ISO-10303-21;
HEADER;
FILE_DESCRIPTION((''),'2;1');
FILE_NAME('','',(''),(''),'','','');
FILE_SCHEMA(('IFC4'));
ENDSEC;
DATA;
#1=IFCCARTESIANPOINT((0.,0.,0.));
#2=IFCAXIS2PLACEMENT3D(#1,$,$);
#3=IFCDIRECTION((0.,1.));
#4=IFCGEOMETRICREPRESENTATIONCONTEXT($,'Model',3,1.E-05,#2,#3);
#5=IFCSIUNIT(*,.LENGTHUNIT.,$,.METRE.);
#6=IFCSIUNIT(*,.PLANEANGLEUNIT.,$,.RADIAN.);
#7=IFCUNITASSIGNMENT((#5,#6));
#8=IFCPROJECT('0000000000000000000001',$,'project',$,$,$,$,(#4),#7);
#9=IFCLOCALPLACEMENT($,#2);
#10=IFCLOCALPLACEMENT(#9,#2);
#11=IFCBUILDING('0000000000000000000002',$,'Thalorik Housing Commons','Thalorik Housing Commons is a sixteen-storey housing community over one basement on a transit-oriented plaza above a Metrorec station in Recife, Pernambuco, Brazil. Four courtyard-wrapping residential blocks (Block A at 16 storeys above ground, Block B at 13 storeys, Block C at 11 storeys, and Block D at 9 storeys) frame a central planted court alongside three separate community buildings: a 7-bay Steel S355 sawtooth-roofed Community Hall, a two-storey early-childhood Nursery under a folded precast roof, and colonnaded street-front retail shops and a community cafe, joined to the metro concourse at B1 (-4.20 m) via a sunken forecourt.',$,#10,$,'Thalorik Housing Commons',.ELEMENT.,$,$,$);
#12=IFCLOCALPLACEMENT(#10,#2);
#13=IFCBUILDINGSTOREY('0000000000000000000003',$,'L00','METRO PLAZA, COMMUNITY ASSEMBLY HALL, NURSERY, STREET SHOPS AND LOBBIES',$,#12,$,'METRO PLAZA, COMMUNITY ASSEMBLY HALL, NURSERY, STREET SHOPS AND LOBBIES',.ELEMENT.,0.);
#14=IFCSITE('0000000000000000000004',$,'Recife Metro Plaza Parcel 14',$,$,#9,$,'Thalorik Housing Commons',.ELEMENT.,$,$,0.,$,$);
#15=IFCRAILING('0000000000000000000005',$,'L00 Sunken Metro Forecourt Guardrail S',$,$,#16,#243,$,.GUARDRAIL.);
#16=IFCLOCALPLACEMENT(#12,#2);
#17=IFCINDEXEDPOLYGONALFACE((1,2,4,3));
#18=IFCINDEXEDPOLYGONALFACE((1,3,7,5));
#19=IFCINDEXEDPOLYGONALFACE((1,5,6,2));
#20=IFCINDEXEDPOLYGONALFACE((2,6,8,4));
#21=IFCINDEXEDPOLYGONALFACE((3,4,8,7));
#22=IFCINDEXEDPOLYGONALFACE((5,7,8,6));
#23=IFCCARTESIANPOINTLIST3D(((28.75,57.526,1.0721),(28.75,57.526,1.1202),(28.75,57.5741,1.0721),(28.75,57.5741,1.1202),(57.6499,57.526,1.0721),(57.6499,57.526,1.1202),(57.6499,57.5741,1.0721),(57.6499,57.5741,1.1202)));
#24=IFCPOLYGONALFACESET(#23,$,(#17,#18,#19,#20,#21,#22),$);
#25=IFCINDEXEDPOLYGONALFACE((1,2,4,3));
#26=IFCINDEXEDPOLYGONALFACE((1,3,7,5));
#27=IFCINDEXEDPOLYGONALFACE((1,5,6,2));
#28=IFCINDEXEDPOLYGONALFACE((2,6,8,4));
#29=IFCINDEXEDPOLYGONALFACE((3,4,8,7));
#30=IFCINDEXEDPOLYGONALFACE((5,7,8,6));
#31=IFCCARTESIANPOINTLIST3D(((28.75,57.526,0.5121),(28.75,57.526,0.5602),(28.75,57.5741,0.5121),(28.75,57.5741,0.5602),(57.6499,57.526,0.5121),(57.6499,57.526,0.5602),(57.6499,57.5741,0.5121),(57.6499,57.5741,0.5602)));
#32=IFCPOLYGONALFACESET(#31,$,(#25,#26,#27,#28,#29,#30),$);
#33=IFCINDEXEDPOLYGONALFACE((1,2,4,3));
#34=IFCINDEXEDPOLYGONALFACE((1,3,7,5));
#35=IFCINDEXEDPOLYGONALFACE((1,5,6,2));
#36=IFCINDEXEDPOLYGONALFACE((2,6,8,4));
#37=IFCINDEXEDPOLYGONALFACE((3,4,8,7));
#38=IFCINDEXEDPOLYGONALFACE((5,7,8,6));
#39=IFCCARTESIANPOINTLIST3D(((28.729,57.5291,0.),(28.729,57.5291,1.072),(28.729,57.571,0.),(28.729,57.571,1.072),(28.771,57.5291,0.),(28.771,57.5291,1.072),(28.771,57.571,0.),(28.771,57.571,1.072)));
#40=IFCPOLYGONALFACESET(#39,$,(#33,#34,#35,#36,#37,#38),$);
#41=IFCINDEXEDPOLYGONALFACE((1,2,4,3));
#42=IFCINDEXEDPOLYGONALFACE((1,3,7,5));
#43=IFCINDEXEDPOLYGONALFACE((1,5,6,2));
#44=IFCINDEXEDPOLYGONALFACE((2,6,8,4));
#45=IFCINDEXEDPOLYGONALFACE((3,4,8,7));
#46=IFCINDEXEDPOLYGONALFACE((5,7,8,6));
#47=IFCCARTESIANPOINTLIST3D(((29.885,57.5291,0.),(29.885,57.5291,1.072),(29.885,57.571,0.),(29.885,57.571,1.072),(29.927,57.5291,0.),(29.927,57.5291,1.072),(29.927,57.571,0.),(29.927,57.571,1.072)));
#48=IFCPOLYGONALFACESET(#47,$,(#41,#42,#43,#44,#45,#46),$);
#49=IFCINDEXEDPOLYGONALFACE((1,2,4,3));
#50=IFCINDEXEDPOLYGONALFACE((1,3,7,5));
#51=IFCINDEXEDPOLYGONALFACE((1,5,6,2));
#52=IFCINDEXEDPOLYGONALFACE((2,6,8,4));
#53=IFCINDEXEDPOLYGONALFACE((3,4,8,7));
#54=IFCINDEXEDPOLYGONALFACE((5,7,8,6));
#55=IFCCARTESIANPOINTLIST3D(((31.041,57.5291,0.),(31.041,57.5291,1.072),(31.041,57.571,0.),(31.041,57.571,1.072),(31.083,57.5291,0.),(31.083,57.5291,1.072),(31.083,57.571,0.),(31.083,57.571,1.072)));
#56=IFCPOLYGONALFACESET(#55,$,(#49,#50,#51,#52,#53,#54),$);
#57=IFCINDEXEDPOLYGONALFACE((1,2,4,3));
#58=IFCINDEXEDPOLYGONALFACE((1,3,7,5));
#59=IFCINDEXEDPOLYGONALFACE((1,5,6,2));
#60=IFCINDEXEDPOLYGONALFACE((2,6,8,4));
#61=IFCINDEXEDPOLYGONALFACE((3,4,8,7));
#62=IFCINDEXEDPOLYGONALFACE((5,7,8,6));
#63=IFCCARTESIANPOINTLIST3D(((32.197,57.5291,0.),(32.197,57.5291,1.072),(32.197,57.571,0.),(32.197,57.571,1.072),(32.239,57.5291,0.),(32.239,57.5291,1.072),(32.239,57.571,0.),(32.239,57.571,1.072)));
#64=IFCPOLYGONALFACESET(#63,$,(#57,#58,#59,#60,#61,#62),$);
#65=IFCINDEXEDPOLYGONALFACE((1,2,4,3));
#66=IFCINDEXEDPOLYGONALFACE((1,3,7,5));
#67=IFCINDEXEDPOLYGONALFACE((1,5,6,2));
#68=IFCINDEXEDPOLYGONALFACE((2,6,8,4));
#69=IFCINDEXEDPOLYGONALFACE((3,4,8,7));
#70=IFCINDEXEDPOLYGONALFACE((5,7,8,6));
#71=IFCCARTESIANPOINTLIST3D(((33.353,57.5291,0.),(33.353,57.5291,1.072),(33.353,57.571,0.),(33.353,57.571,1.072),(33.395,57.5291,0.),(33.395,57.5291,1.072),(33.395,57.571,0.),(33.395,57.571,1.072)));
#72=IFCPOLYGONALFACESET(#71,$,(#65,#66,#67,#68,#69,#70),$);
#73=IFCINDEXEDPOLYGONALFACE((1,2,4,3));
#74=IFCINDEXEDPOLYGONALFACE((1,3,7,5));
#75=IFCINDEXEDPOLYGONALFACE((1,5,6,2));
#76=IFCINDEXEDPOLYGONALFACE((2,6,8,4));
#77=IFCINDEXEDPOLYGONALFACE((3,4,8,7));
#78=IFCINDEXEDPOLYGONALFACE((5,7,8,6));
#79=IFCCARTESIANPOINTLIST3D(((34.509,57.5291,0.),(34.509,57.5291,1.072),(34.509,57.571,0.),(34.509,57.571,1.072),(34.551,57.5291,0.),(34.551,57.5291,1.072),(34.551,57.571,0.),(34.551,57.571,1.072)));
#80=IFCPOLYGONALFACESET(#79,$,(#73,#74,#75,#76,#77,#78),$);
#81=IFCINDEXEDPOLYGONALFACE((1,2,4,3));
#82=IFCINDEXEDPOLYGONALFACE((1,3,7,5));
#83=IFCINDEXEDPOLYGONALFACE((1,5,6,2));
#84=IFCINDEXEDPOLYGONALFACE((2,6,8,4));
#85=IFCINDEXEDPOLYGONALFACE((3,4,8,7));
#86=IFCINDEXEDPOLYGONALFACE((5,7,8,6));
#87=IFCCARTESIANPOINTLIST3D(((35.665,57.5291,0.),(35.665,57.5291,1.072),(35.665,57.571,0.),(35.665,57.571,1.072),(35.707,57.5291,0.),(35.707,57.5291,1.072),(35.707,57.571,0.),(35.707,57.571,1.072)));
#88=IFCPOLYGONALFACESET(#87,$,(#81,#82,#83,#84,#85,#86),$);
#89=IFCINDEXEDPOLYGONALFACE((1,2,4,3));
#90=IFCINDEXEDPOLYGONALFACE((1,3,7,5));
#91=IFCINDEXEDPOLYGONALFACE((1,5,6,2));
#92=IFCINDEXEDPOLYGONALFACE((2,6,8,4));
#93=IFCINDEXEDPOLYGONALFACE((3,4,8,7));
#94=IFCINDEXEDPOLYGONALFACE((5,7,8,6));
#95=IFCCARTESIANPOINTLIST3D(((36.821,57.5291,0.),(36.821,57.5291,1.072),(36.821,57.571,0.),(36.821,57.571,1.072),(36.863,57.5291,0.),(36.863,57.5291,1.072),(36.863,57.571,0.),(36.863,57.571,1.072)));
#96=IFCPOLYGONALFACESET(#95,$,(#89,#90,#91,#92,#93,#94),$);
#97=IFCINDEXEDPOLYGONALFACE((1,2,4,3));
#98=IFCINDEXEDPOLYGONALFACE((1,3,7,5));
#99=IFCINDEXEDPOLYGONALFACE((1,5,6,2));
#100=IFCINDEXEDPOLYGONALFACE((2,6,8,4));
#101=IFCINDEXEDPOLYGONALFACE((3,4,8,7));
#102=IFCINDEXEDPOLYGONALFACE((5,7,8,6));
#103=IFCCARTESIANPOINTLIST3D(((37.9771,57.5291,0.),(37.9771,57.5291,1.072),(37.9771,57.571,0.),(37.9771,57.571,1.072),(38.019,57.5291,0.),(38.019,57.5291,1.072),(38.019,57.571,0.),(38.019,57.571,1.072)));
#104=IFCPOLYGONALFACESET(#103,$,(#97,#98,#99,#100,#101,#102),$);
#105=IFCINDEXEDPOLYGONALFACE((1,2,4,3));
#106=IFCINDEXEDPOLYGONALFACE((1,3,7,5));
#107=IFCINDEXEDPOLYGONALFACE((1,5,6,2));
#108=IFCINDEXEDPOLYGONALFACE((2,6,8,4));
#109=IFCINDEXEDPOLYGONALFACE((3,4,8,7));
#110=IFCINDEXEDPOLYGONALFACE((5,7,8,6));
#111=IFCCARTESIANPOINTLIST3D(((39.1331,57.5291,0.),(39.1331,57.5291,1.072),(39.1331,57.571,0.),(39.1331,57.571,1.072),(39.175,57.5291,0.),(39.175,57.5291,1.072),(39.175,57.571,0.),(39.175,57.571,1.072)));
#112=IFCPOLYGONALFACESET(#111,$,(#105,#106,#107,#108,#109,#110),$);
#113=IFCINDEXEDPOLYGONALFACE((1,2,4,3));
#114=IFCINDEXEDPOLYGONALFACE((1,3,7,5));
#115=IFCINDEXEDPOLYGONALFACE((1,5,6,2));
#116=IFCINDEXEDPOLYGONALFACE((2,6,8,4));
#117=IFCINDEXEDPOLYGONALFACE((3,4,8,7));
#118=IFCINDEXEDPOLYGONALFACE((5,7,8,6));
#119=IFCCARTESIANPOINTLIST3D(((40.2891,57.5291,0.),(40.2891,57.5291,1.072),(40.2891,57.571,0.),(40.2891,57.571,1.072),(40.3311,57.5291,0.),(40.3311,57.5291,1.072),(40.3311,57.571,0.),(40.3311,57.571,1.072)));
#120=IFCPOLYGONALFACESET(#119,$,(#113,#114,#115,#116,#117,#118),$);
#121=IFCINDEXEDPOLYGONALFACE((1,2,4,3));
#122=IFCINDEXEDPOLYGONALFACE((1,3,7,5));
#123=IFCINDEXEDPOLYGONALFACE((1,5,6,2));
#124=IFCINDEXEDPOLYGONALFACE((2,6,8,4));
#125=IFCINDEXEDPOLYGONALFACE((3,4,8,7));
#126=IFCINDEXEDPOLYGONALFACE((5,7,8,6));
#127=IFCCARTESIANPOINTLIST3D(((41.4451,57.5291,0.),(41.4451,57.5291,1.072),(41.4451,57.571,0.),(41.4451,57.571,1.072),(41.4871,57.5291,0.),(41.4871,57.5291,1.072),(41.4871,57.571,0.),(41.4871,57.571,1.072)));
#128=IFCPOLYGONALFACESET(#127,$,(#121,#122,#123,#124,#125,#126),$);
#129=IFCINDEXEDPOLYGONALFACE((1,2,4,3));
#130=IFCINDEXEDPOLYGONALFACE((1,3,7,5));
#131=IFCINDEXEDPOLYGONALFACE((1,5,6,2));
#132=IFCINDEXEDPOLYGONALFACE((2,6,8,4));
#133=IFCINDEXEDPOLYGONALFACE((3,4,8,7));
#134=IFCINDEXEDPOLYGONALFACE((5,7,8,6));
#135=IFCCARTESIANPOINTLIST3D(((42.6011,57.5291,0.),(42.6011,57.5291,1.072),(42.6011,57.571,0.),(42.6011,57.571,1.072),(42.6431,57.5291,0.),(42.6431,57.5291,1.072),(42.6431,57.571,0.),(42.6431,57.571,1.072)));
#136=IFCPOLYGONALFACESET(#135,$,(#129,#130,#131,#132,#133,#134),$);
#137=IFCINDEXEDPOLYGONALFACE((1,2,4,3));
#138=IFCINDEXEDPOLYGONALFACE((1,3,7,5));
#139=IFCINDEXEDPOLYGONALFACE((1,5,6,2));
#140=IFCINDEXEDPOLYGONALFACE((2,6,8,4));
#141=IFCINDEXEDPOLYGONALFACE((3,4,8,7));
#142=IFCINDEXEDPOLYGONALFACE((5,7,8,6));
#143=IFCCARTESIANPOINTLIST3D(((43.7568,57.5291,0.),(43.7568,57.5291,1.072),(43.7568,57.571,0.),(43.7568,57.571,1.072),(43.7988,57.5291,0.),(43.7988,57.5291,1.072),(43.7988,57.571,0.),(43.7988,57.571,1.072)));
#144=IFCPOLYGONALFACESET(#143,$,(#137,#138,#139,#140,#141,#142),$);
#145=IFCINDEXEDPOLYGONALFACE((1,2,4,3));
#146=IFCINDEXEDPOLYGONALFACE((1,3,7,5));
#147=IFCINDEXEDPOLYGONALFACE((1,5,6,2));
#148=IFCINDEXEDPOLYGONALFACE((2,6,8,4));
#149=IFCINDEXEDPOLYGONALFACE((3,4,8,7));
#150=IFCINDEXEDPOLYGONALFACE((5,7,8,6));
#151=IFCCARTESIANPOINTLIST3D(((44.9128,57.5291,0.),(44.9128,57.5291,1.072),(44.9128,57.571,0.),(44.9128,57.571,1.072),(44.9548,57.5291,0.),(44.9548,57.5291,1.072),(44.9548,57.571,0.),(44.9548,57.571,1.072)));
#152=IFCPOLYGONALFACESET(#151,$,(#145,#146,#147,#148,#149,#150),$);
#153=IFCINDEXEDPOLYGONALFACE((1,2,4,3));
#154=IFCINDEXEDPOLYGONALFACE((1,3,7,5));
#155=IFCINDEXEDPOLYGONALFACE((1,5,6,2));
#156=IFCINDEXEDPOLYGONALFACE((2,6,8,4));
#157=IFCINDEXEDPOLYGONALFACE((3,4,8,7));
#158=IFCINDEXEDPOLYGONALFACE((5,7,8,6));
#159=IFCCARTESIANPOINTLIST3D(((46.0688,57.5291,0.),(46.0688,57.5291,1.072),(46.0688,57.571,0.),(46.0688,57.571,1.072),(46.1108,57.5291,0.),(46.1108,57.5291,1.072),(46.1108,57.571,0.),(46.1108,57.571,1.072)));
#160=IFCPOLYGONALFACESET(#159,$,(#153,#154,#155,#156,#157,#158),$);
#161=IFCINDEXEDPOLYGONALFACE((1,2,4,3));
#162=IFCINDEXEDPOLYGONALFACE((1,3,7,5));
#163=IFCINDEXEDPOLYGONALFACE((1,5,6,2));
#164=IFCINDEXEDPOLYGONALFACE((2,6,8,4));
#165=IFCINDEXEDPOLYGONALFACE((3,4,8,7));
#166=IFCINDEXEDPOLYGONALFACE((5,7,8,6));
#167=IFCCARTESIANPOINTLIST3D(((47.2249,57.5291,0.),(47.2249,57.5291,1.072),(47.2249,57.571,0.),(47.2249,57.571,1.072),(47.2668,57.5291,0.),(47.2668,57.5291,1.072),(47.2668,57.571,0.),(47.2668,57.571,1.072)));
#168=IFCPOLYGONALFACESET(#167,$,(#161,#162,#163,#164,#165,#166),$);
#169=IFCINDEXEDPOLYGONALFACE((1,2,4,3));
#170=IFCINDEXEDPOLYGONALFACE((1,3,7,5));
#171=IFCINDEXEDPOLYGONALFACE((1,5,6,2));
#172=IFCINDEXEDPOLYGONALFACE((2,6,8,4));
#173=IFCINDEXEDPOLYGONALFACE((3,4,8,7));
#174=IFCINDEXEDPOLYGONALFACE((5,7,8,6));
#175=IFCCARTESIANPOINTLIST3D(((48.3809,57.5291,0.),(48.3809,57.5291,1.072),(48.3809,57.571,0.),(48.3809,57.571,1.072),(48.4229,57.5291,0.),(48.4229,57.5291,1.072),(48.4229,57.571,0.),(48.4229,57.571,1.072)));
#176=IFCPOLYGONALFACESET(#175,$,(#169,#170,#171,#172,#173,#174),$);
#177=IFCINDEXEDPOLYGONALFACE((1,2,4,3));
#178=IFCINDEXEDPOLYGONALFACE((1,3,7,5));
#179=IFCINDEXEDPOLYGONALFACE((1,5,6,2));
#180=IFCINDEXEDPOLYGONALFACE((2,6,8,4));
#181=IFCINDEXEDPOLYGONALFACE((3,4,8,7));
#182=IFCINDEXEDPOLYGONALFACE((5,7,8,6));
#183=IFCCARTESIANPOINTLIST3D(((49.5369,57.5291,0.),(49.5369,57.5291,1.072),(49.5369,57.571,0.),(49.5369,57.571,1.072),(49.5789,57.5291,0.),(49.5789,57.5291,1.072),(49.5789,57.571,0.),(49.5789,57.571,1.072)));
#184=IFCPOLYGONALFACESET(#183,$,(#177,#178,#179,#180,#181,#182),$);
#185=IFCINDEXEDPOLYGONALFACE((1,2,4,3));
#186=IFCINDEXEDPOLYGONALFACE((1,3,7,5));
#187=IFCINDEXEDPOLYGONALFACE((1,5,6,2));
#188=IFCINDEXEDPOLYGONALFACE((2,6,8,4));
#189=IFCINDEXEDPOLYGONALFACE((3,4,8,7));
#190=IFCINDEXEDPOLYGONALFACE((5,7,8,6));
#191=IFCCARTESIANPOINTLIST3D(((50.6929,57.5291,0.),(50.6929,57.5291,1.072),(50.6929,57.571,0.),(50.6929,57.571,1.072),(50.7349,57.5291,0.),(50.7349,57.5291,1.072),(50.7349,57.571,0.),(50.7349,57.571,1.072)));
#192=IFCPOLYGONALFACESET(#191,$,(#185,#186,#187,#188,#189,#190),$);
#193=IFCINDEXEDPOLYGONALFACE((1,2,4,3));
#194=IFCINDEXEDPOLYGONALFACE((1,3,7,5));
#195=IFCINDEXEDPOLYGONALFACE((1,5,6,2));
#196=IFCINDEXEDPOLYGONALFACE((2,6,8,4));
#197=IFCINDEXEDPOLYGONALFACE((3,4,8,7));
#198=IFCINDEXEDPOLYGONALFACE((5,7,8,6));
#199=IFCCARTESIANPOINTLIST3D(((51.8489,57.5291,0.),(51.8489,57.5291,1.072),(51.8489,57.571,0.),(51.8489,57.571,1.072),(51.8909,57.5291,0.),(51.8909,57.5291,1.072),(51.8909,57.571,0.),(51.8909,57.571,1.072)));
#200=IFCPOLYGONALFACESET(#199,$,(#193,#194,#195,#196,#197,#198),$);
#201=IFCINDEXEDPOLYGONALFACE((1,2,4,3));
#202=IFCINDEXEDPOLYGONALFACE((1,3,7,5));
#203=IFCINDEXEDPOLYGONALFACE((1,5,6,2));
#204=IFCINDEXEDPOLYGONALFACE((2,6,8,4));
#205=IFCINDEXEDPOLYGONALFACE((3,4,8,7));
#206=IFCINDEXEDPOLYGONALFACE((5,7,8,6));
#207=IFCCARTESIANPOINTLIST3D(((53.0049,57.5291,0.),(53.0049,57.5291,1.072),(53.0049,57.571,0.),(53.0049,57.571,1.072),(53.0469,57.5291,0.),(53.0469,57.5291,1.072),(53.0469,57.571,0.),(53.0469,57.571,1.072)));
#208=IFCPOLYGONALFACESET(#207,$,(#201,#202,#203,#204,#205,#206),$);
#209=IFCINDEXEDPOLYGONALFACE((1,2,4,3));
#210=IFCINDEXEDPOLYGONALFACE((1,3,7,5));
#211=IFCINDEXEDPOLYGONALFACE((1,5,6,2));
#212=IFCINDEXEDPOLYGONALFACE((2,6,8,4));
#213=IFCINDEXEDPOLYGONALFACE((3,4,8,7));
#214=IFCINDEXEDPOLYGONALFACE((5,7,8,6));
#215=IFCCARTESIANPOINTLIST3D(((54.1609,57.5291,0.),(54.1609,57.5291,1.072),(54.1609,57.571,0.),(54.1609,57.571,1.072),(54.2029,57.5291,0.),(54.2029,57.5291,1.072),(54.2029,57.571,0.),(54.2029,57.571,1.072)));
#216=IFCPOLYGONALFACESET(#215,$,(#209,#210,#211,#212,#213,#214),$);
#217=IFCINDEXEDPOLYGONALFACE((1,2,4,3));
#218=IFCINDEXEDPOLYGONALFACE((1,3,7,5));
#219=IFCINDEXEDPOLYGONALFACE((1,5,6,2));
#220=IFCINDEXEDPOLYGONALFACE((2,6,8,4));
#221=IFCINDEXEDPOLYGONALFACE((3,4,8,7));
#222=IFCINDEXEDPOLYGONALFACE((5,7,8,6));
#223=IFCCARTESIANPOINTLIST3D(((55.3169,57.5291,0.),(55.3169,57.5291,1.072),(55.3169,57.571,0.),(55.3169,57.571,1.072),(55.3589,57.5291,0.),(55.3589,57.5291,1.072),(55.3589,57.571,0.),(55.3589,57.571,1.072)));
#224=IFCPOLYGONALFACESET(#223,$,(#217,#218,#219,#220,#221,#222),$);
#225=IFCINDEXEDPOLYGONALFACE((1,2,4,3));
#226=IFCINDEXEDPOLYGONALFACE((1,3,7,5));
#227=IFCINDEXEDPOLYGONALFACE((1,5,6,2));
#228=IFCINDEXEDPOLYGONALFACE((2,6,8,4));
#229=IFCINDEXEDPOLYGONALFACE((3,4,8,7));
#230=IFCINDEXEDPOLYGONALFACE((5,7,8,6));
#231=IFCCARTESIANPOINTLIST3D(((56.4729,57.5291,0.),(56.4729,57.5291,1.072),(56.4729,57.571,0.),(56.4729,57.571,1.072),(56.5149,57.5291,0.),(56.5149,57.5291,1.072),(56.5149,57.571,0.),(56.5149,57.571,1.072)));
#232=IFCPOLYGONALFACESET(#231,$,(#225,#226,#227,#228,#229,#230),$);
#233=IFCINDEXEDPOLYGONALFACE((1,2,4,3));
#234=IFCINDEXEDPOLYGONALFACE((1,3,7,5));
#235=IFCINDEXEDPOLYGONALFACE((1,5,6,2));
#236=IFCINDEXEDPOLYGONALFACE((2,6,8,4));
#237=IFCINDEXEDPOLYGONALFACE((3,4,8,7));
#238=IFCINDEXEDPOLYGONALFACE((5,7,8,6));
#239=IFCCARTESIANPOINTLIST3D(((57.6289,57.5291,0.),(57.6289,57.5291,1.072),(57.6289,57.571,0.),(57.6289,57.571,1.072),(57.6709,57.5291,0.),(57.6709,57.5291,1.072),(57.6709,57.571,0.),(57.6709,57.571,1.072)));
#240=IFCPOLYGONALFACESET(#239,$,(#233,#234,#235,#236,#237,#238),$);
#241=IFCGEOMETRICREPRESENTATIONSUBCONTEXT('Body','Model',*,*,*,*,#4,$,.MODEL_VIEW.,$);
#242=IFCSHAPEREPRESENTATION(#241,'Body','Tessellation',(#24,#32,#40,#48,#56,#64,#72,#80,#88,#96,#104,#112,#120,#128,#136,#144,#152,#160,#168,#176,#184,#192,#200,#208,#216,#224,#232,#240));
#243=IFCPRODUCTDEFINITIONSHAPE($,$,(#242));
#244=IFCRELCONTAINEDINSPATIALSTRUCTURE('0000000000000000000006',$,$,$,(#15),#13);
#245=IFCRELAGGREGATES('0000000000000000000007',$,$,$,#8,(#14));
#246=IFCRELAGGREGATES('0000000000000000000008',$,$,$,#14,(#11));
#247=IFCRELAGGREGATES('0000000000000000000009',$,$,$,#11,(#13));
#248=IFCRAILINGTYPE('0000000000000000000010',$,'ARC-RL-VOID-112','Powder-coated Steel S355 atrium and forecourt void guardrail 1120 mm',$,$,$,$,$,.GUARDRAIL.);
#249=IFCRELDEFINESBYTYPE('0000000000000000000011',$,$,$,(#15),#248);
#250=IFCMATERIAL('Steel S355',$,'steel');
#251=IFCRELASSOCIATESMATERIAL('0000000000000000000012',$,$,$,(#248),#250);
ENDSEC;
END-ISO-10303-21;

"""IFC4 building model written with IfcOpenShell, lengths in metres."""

from ifc_helpers import new_model, si_unit, direction, frame, origin, origin_2d, place, context, subcontext, project, spatial, rectangle, extrude, material, type_object, element, save


model = new_model("IFC4")

# Units and contexts
model_context = context("Model", 3, precision=1e-05, world=origin(), true_north=direction((0.0, 1.0)))
body_context = subcontext(model_context, "Body", "Model", "MODEL_VIEW")
ifc_project = project(units=[si_unit("LENGTHUNIT", "METRE"), si_unit("PLANEANGLEUNIT", "RADIAN")], contexts=[model_context])

# Site, building, storey
site_placement = place(None, origin())
site = spatial("IfcSite", under=ifc_project, at=site_placement, Name="Recife Metro Plaza Parcel 14", LongName="Thalorik Housing Commons", CompositionType="ELEMENT", RefElevation=0.0)
building_placement = place(site_placement, origin())
building = spatial("IfcBuilding", under=site, at=building_placement, Name="Thalorik Housing Commons", Description="Thalorik Housing Commons is a sixteen-storey housing community over one basement on a transit-oriented plaza above a Metrorec station in Recife, Pernambuco, Brazil. Four courtyard-wrapping residential blocks (Block A at 16 storeys above ground, Block B at 13 storeys, Block C at 11 storeys, and Block D at 9 storeys) frame a central planted court alongside three separate community buildings: a 7-bay Steel S355 sawtooth-roofed Community Hall, a two-storey early-childhood Nursery under a folded precast roof, and colonnaded street-front retail shops and a community cafe, joined to the metro concourse at B1 (-4.20 m) via a sunken forecourt.", LongName="Thalorik Housing Commons", CompositionType="ELEMENT")
storey_placement = place(building_placement, origin())
storey = spatial("IfcBuildingStorey", under=building, at=storey_placement, Name="L00", Description="METRO PLAZA, COMMUNITY ASSEMBLY HALL, NURSERY, STREET SHOPS AND LOBBIES", LongName="METRO PLAZA, COMMUNITY ASSEMBLY HALL, NURSERY, STREET SHOPS AND LOBBIES", CompositionType="ELEMENT", Elevation=0.0)

# Railing
ifc_material_1 = material(Name="Steel S355", Category="steel")
railing_type_1 = type_object("IfcRailingType", Name="ARC-RL-VOID-112", Description="Powder-coated Steel S355 atrium and forecourt void guardrail 1120 mm", PredefinedType="GUARDRAIL", material=ifc_material_1)
railing_1_placement = place(storey_placement, frame((28.75, 57.55, 0.0)))
element("IfcRailing", 1, at=railing_1_placement, inside=storey, type_object=railing_type_1, Name="L00 Sunken Metro Forecourt Guardrail S", PredefinedType="GUARDRAIL", context=body_context, shape_type="SweptSolid", body=[
    extrude(rectangle(XDim=0.0481, YDim=0.0481, at=origin_2d()), frame((0.0, 0.0, 1.0962), z_axis=(1.0, 0.0, 0.0), x_axis=(0.0, 1.0, 0.0)), (0.0, 0.0, 1.0), 28.8999),
    extrude(rectangle(XDim=0.0481, YDim=0.0481, at=origin_2d()), frame((0.0, 0.0, 0.5361), z_axis=(1.0, 0.0, 0.0), x_axis=(0.0, 1.0, 0.0)), (0.0, 0.0, 1.0), 28.8999),
    extrude(rectangle(XDim=0.042, YDim=0.042, at=origin_2d()), origin(), (0.0, 0.0, 1.0), 1.072),
    extrude(rectangle(XDim=0.042, YDim=0.042, at=origin_2d()), frame((1.156, 0.0, 0.0)), (0.0, 0.0, 1.0), 1.072),
    extrude(rectangle(XDim=0.042, YDim=0.042, at=origin_2d()), frame((2.312, 0.0, 0.0)), (0.0, 0.0, 1.0), 1.072),
    extrude(rectangle(XDim=0.042, YDim=0.042, at=origin_2d()), frame((3.468, 0.0, 0.0)), (0.0, 0.0, 1.0), 1.072),
    extrude(rectangle(XDim=0.042, YDim=0.042, at=origin_2d()), frame((4.624, 0.0, 0.0)), (0.0, 0.0, 1.0), 1.072),
    extrude(rectangle(XDim=0.042, YDim=0.042, at=origin_2d()), frame((5.78, 0.0, 0.0)), (0.0, 0.0, 1.0), 1.072),
    extrude(rectangle(XDim=0.042, YDim=0.042, at=origin_2d()), frame((6.936, 0.0, 0.0)), (0.0, 0.0, 1.0), 1.072),
    extrude(rectangle(XDim=0.042, YDim=0.042, at=origin_2d()), frame((8.092, 0.0, 0.0)), (0.0, 0.0, 1.0), 1.072),
    extrude(rectangle(XDim=0.042, YDim=0.042, at=origin_2d()), frame((9.248, 0.0, 0.0)), (0.0, 0.0, 1.0), 1.072),
    extrude(rectangle(XDim=0.042, YDim=0.042, at=origin_2d()), frame((10.4041, 0.0, 0.0)), (0.0, 0.0, 1.0), 1.072),
    extrude(rectangle(XDim=0.042, YDim=0.042, at=origin_2d()), frame((11.5601, 0.0, 0.0)), (0.0, 0.0, 1.0), 1.072),
    extrude(rectangle(XDim=0.042, YDim=0.042, at=origin_2d()), frame((12.7161, 0.0, 0.0)), (0.0, 0.0, 1.0), 1.072),
    extrude(rectangle(XDim=0.042, YDim=0.042, at=origin_2d()), frame((13.8721, 0.0, 0.0)), (0.0, 0.0, 1.0), 1.072),
    extrude(rectangle(XDim=0.042, YDim=0.042, at=origin_2d()), frame((15.0278, 0.0, 0.0)), (0.0, 0.0, 1.0), 1.072),
    extrude(rectangle(XDim=0.042, YDim=0.042, at=origin_2d()), frame((16.1838, 0.0, 0.0)), (0.0, 0.0, 1.0), 1.072),
    extrude(rectangle(XDim=0.042, YDim=0.042, at=origin_2d()), frame((17.3398, 0.0, 0.0)), (0.0, 0.0, 1.0), 1.072),
    extrude(rectangle(XDim=0.042, YDim=0.042, at=origin_2d()), frame((18.4958, 0.0, 0.0)), (0.0, 0.0, 1.0), 1.072),
    extrude(rectangle(XDim=0.042, YDim=0.042, at=origin_2d()), frame((19.6519, 0.0, 0.0)), (0.0, 0.0, 1.0), 1.072),
    extrude(rectangle(XDim=0.042, YDim=0.042, at=origin_2d()), frame((20.8079, 0.0, 0.0)), (0.0, 0.0, 1.0), 1.072),
    extrude(rectangle(XDim=0.042, YDim=0.042, at=origin_2d()), frame((21.9639, 0.0, 0.0)), (0.0, 0.0, 1.0), 1.072),
    extrude(rectangle(XDim=0.042, YDim=0.042, at=origin_2d()), frame((23.1199, 0.0, 0.0)), (0.0, 0.0, 1.0), 1.072),
    extrude(rectangle(XDim=0.042, YDim=0.042, at=origin_2d()), frame((24.2759, 0.0, 0.0)), (0.0, 0.0, 1.0), 1.072),
    extrude(rectangle(XDim=0.042, YDim=0.042, at=origin_2d()), frame((25.4319, 0.0, 0.0)), (0.0, 0.0, 1.0), 1.072),
    extrude(rectangle(XDim=0.042, YDim=0.042, at=origin_2d()), frame((26.5879, 0.0, 0.0)), (0.0, 0.0, 1.0), 1.072),
    extrude(rectangle(XDim=0.042, YDim=0.042, at=origin_2d()), frame((27.7439, 0.0, 0.0)), (0.0, 0.0, 1.0), 1.072),
    extrude(rectangle(XDim=0.042, YDim=0.042, at=origin_2d()), frame((28.8999, 0.0, 0.0)), (0.0, 0.0, 1.0), 1.072),
])

save(model, "model.ifc")
